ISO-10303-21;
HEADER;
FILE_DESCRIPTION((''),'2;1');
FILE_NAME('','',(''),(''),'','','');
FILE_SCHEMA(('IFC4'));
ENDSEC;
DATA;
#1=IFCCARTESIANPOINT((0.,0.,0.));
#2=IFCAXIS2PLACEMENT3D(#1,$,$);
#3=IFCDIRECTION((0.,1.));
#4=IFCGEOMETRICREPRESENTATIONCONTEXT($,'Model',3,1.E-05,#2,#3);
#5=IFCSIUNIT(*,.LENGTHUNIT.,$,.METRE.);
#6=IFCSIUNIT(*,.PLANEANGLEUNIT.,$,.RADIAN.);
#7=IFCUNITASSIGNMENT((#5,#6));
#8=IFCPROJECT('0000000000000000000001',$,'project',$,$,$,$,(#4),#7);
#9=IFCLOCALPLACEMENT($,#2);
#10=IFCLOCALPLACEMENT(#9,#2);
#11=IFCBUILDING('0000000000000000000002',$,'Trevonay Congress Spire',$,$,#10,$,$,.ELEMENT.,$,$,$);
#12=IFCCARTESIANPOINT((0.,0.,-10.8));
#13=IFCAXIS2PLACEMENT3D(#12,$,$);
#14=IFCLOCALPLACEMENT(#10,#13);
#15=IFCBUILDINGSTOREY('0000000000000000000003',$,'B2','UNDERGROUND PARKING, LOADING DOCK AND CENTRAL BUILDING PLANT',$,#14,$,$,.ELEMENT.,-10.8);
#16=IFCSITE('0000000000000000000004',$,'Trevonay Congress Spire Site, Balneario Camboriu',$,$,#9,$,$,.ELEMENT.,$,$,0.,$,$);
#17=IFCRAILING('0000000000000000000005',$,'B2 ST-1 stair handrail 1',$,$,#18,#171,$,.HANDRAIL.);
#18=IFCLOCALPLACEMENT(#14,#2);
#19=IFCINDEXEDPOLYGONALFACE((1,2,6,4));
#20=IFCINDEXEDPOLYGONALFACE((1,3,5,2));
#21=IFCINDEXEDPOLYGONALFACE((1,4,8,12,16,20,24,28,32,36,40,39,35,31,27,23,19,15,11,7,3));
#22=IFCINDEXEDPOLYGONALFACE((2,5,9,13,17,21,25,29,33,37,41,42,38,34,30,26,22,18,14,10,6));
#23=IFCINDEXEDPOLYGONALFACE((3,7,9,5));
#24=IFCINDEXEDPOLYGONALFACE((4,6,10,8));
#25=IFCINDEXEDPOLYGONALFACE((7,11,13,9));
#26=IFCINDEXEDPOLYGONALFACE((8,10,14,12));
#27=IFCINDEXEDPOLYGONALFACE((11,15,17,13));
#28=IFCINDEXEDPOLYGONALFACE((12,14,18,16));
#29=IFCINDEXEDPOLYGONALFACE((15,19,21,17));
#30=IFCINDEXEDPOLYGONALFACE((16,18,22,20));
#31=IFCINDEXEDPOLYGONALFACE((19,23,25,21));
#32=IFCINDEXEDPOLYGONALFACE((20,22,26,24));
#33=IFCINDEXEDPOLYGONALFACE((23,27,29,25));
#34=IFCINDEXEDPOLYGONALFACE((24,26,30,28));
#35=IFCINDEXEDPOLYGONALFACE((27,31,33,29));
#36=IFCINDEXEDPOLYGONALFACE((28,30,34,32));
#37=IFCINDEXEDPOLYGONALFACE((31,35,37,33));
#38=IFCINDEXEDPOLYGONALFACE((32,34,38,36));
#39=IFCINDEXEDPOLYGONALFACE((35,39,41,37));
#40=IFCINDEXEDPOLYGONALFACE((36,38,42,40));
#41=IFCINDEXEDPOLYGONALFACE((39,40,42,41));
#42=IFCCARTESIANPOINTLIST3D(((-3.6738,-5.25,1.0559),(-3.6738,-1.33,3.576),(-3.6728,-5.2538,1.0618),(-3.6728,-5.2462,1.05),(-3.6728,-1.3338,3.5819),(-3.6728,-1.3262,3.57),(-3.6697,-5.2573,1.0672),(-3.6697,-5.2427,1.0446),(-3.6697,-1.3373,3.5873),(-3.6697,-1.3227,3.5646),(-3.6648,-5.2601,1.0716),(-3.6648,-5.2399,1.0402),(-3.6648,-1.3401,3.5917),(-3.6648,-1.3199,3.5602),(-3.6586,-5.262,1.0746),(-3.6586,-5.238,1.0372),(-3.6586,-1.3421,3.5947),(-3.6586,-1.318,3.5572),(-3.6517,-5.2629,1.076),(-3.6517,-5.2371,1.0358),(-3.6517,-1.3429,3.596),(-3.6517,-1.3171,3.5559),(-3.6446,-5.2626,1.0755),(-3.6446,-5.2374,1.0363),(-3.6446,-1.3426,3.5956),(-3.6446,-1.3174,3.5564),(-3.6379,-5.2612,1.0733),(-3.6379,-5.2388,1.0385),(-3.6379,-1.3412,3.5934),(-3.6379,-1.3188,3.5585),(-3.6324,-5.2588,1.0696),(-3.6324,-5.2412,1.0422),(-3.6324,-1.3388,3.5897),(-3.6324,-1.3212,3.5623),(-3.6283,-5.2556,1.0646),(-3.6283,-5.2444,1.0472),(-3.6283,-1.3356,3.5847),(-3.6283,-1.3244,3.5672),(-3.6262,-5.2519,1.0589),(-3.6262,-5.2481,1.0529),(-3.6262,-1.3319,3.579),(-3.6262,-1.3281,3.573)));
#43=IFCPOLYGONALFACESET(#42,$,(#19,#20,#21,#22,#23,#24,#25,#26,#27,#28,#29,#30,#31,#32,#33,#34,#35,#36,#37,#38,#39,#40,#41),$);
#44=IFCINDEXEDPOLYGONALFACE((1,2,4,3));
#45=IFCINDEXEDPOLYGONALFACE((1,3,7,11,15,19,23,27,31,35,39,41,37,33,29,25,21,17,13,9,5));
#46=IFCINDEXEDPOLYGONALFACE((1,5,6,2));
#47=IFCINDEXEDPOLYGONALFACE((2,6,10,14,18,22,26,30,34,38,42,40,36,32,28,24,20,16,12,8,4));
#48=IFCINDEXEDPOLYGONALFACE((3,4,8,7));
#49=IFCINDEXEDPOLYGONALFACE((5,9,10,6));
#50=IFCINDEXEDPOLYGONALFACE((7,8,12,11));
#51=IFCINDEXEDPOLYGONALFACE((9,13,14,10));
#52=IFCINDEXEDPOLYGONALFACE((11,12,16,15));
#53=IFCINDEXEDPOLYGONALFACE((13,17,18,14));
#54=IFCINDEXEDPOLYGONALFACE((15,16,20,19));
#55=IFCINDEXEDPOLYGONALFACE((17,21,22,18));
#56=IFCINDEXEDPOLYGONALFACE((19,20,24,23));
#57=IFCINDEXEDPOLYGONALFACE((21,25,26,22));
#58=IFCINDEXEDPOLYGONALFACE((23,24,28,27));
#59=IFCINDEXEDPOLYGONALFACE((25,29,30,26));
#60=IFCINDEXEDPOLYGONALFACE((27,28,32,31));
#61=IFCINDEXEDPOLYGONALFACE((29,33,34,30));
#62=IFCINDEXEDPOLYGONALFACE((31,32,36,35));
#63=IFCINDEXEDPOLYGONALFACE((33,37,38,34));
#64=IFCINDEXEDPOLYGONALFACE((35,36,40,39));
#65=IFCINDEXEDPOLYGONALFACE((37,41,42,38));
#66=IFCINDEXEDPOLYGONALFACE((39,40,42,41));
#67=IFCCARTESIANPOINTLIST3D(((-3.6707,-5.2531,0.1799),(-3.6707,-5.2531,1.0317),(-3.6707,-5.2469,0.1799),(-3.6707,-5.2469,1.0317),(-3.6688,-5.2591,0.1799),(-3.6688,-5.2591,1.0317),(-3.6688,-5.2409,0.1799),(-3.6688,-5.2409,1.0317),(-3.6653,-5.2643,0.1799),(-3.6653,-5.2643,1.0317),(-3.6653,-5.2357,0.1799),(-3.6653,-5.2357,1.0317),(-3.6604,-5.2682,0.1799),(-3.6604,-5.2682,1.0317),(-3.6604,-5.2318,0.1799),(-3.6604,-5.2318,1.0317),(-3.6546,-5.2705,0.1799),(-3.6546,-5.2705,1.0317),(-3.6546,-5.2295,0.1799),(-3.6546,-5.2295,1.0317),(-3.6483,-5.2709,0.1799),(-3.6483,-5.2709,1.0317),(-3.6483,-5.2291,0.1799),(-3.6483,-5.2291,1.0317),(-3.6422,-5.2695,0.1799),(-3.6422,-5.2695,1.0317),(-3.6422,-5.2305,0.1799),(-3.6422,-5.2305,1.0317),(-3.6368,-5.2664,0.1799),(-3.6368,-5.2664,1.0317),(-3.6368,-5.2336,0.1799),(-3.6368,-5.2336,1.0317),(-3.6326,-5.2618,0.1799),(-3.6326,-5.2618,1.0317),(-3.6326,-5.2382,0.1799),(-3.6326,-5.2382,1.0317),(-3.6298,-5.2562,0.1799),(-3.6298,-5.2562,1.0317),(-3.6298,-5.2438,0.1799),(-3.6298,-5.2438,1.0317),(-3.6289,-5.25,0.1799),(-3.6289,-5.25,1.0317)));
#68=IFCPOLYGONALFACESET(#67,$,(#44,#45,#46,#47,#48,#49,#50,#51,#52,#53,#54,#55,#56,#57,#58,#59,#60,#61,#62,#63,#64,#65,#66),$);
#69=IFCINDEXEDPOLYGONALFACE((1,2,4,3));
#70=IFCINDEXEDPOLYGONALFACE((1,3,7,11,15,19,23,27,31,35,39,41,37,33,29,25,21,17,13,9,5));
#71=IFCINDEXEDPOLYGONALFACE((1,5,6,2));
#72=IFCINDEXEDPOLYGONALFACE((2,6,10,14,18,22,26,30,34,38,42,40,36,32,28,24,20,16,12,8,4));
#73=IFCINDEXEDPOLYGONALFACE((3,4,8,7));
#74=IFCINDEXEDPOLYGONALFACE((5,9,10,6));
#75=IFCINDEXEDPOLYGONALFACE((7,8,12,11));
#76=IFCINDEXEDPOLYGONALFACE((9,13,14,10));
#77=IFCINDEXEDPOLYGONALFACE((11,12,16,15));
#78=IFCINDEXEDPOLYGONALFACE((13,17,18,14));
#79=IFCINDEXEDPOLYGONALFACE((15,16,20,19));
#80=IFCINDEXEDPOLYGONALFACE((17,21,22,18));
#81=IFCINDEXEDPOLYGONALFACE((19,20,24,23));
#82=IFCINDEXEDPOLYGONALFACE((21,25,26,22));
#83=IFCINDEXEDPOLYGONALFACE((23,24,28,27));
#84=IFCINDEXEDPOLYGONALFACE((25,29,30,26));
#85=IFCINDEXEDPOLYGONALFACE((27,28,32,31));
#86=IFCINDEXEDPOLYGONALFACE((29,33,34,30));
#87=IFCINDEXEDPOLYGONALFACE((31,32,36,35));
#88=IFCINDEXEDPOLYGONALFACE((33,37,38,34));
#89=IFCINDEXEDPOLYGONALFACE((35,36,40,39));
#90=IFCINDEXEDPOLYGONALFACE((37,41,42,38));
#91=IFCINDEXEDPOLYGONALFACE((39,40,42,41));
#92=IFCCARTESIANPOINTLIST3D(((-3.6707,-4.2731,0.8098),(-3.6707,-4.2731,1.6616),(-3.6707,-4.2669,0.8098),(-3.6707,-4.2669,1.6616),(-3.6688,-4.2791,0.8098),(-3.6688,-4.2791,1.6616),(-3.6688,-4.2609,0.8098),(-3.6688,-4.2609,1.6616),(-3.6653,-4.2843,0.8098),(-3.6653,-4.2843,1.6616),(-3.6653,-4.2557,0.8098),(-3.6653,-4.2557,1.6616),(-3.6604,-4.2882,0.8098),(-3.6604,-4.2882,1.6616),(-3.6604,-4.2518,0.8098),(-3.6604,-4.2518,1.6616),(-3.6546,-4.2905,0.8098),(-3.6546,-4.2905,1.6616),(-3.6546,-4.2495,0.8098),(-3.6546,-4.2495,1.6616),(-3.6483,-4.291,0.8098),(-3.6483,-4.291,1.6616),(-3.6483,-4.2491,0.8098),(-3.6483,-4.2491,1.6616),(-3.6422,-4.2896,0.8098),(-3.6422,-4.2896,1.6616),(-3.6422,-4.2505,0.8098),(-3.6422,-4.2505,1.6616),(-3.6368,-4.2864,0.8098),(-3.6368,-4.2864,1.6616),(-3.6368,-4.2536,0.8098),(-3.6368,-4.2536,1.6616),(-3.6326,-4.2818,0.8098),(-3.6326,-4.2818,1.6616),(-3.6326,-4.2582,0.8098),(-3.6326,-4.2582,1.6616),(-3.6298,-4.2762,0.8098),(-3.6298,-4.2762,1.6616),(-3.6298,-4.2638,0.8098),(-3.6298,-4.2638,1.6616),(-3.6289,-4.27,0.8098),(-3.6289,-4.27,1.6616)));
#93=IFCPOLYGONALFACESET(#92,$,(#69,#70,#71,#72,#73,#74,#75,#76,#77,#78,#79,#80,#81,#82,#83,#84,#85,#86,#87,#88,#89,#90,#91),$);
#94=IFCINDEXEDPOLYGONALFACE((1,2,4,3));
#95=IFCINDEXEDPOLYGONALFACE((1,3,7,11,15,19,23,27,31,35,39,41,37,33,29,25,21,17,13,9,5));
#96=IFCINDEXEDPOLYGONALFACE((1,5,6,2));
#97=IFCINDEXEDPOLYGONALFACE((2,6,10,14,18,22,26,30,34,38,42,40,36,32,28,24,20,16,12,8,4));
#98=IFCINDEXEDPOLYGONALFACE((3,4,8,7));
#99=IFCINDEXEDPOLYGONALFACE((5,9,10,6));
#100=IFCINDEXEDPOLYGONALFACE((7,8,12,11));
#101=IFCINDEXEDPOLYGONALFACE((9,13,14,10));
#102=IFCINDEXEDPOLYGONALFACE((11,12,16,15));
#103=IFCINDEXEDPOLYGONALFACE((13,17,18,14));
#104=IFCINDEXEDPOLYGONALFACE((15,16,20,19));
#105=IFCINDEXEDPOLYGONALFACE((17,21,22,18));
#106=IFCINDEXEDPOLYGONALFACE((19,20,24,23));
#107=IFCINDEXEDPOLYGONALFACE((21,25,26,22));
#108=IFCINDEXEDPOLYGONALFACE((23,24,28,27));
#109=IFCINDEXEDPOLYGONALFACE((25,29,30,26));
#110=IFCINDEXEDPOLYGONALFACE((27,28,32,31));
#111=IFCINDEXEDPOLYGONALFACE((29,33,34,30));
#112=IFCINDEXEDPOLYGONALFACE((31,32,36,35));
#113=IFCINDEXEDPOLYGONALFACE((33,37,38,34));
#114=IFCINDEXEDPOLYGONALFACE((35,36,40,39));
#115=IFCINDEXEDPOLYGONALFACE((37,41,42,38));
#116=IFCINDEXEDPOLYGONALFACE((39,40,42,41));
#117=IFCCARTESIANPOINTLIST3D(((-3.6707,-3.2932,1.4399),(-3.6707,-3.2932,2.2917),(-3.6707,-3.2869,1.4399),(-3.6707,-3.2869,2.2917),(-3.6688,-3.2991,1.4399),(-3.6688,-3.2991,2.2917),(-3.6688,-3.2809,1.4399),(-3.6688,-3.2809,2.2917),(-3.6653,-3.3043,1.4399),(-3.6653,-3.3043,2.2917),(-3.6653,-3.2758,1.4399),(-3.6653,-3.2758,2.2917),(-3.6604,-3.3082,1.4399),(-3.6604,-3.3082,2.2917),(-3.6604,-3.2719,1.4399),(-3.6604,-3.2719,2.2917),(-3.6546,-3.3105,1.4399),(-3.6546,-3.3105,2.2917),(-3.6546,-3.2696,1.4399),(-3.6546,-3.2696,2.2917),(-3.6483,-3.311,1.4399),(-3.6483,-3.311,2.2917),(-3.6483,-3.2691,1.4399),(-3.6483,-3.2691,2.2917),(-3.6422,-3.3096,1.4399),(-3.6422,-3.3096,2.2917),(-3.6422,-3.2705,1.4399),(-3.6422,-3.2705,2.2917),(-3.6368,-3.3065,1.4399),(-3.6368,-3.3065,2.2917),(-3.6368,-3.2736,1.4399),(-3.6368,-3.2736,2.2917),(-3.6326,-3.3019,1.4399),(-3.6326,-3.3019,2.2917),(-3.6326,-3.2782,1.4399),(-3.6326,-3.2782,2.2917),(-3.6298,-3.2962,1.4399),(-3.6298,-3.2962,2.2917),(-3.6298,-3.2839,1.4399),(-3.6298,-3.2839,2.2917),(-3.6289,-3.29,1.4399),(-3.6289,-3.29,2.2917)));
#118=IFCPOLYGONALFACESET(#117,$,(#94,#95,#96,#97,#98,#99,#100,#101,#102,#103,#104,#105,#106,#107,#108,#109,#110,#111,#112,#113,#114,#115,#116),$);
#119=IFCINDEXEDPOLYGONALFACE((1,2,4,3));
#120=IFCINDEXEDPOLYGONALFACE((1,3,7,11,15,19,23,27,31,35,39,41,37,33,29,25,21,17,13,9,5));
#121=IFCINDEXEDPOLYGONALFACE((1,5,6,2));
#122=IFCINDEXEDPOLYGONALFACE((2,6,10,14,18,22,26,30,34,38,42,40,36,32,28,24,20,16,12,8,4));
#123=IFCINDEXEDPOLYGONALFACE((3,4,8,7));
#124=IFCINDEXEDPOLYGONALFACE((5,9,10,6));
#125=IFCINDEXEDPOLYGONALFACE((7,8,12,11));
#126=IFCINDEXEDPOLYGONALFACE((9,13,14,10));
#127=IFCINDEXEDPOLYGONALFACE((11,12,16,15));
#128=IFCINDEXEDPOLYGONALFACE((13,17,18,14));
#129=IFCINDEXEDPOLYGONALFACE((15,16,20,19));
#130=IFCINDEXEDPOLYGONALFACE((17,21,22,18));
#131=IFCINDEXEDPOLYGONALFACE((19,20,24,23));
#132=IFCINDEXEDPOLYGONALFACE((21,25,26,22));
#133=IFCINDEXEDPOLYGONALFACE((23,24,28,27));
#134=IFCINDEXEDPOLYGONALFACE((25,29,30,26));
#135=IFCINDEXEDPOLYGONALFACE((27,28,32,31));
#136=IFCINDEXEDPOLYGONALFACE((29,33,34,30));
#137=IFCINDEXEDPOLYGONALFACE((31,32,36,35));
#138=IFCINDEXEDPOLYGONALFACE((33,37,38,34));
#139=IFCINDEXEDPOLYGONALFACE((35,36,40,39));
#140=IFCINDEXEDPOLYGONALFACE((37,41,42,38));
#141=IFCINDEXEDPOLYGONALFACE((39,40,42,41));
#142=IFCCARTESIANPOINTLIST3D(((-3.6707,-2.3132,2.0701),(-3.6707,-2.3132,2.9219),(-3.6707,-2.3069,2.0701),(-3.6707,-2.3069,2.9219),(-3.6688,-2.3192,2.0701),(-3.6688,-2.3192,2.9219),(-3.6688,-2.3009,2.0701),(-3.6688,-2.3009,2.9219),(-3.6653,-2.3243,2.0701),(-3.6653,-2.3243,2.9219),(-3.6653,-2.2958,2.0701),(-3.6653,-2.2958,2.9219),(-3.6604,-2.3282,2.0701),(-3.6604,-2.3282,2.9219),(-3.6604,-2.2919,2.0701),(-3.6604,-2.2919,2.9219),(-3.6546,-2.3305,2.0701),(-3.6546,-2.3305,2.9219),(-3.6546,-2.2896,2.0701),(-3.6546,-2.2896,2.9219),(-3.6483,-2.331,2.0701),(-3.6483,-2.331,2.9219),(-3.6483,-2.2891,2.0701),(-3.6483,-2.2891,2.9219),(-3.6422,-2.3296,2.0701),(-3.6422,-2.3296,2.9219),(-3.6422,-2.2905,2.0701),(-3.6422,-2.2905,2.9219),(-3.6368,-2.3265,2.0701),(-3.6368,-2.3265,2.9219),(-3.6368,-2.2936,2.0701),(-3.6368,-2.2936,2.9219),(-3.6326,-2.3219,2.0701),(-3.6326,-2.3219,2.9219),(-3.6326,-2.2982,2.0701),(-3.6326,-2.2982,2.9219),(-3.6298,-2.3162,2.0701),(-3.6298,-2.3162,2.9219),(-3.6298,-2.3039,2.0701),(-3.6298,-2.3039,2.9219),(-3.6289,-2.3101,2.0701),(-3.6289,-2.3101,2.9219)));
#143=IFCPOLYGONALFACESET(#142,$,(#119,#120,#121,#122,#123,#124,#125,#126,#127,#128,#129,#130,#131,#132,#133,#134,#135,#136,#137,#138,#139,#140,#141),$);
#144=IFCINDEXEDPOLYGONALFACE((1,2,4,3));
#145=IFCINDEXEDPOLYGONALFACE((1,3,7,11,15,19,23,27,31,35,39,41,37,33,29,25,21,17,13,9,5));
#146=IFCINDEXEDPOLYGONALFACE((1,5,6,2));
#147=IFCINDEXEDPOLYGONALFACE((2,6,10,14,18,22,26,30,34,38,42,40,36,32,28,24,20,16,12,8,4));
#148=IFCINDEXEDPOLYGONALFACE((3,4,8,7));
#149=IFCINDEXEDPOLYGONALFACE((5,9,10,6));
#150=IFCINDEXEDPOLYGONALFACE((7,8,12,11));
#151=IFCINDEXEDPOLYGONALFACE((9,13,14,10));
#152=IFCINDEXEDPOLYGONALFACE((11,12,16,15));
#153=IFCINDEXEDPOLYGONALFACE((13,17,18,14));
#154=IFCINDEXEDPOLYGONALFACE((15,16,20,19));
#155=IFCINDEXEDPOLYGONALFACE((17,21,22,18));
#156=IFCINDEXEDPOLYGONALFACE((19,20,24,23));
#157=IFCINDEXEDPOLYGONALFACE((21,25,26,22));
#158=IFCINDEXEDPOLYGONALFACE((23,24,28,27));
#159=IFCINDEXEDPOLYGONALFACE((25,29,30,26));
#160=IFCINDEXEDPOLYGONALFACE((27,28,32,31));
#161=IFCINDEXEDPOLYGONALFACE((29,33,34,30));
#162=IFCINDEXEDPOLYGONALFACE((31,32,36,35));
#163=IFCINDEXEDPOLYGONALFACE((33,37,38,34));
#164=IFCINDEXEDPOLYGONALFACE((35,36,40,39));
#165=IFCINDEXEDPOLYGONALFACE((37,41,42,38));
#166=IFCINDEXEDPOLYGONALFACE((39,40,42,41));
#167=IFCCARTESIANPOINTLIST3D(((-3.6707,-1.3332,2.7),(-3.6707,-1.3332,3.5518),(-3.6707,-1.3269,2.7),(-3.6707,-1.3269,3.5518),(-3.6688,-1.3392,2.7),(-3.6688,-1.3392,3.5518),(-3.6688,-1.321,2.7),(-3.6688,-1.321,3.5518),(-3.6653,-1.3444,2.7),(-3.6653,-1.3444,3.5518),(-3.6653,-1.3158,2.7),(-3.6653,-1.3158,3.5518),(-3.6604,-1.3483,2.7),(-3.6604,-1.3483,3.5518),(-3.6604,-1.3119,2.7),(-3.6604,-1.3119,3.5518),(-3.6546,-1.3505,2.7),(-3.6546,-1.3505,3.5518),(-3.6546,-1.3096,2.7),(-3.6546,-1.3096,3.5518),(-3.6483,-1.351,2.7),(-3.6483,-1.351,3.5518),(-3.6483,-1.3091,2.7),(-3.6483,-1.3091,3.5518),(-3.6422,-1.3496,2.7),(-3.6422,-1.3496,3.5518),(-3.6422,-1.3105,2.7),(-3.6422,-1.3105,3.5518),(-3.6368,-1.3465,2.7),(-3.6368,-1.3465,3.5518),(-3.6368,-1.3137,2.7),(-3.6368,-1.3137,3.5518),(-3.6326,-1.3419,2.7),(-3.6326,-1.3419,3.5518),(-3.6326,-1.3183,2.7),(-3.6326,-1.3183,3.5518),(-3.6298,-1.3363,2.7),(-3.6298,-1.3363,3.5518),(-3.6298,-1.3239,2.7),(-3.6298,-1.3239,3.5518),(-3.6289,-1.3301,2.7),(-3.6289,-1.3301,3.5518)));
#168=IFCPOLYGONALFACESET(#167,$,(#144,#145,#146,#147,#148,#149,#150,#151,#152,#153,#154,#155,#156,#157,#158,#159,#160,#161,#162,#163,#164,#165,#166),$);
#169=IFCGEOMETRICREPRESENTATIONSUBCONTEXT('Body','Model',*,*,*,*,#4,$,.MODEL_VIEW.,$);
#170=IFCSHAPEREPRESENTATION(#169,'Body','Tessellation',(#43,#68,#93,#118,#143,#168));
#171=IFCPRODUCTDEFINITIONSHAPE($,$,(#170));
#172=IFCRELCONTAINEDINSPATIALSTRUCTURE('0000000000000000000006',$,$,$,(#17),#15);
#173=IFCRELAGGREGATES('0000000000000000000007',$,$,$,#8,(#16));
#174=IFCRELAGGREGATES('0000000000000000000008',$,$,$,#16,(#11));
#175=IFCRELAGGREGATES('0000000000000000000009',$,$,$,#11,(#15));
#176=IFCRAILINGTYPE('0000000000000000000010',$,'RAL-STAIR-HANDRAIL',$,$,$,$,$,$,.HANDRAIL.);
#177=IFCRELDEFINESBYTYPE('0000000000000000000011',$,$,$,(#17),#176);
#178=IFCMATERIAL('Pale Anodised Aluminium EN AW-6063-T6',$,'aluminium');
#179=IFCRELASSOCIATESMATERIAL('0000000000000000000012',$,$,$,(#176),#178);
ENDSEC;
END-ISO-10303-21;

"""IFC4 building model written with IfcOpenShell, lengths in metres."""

from ifc_helpers import new_model, si_unit, direction, frame, origin, origin_2d, place, context, subcontext, project, spatial, circle, extrude, material, type_object, element, save


model = new_model("IFC4")

# Units and contexts
model_context = context("Model", 3, precision=1e-05, world=origin(), true_north=direction((0.0, 1.0)))
body_context = subcontext(model_context, "Body", "Model", "MODEL_VIEW")
ifc_project = project(units=[si_unit("LENGTHUNIT", "METRE"), si_unit("PLANEANGLEUNIT", "RADIAN")], contexts=[model_context])

# Site, building, storey
site_placement = place(None, origin())
site = spatial("IfcSite", under=ifc_project, at=site_placement, Name="Trevonay Congress Spire Site, Balneario Camboriu", CompositionType="ELEMENT", RefElevation=0.0)
building_placement = place(site_placement, origin())
building = spatial("IfcBuilding", under=site, at=building_placement, Name="Trevonay Congress Spire", CompositionType="ELEMENT")
storey_placement = place(building_placement, frame((0.0, 0.0, -10.8)))
storey = spatial("IfcBuildingStorey", under=building, at=storey_placement, Name="B2", Description="UNDERGROUND PARKING, LOADING DOCK AND CENTRAL BUILDING PLANT", CompositionType="ELEMENT", Elevation=-10.8)

# Railing
ifc_material_1 = material(Name="Pale Anodised Aluminium EN AW-6063-T6", Category="aluminium")
railing_type_1 = type_object("IfcRailingType", Name="RAL-STAIR-HANDRAIL", PredefinedType="HANDRAIL", material=ifc_material_1)
railing_1_placement = place(storey_placement, frame((-3.6499, -5.25, 0.1799)))
element("IfcRailing", 1, at=railing_1_placement, inside=storey, type_object=railing_type_1, Name="B2 ST-1 stair handrail 1", PredefinedType="HANDRAIL", context=body_context, shape_type="SweptSolid", body=[
    extrude(circle(Radius=0.0239, at=origin_2d()), frame((0.0, 0.0, 0.876), z_axis=(0.0, 0.841172, 0.540768), x_axis=(-1.0, 0.0, 0.0)), (0.0, 0.0, 1.0), 4.6602),
    extrude(circle(Radius=0.021, at=origin_2d()), origin(), (0.0, 0.0, 1.0), 0.8518),
    extrude(circle(Radius=0.021, at=origin_2d()), frame((0.0, 0.98, 0.6299)), (0.0, 0.0, 1.0), 0.8518),
    extrude(circle(Radius=0.021, at=origin_2d()), frame((0.0, 1.96, 1.26)), (0.0, 0.0, 1.0), 0.8518),
    extrude(circle(Radius=0.021, at=origin_2d()), frame((0.0, 2.9399, 1.8901)), (0.0, 0.0, 1.0), 0.8518),
    extrude(circle(Radius=0.021, at=origin_2d()), frame((0.0, 3.9199, 2.52)), (0.0, 0.0, 1.0), 0.8518),
])

save(model, "model.ifc")
